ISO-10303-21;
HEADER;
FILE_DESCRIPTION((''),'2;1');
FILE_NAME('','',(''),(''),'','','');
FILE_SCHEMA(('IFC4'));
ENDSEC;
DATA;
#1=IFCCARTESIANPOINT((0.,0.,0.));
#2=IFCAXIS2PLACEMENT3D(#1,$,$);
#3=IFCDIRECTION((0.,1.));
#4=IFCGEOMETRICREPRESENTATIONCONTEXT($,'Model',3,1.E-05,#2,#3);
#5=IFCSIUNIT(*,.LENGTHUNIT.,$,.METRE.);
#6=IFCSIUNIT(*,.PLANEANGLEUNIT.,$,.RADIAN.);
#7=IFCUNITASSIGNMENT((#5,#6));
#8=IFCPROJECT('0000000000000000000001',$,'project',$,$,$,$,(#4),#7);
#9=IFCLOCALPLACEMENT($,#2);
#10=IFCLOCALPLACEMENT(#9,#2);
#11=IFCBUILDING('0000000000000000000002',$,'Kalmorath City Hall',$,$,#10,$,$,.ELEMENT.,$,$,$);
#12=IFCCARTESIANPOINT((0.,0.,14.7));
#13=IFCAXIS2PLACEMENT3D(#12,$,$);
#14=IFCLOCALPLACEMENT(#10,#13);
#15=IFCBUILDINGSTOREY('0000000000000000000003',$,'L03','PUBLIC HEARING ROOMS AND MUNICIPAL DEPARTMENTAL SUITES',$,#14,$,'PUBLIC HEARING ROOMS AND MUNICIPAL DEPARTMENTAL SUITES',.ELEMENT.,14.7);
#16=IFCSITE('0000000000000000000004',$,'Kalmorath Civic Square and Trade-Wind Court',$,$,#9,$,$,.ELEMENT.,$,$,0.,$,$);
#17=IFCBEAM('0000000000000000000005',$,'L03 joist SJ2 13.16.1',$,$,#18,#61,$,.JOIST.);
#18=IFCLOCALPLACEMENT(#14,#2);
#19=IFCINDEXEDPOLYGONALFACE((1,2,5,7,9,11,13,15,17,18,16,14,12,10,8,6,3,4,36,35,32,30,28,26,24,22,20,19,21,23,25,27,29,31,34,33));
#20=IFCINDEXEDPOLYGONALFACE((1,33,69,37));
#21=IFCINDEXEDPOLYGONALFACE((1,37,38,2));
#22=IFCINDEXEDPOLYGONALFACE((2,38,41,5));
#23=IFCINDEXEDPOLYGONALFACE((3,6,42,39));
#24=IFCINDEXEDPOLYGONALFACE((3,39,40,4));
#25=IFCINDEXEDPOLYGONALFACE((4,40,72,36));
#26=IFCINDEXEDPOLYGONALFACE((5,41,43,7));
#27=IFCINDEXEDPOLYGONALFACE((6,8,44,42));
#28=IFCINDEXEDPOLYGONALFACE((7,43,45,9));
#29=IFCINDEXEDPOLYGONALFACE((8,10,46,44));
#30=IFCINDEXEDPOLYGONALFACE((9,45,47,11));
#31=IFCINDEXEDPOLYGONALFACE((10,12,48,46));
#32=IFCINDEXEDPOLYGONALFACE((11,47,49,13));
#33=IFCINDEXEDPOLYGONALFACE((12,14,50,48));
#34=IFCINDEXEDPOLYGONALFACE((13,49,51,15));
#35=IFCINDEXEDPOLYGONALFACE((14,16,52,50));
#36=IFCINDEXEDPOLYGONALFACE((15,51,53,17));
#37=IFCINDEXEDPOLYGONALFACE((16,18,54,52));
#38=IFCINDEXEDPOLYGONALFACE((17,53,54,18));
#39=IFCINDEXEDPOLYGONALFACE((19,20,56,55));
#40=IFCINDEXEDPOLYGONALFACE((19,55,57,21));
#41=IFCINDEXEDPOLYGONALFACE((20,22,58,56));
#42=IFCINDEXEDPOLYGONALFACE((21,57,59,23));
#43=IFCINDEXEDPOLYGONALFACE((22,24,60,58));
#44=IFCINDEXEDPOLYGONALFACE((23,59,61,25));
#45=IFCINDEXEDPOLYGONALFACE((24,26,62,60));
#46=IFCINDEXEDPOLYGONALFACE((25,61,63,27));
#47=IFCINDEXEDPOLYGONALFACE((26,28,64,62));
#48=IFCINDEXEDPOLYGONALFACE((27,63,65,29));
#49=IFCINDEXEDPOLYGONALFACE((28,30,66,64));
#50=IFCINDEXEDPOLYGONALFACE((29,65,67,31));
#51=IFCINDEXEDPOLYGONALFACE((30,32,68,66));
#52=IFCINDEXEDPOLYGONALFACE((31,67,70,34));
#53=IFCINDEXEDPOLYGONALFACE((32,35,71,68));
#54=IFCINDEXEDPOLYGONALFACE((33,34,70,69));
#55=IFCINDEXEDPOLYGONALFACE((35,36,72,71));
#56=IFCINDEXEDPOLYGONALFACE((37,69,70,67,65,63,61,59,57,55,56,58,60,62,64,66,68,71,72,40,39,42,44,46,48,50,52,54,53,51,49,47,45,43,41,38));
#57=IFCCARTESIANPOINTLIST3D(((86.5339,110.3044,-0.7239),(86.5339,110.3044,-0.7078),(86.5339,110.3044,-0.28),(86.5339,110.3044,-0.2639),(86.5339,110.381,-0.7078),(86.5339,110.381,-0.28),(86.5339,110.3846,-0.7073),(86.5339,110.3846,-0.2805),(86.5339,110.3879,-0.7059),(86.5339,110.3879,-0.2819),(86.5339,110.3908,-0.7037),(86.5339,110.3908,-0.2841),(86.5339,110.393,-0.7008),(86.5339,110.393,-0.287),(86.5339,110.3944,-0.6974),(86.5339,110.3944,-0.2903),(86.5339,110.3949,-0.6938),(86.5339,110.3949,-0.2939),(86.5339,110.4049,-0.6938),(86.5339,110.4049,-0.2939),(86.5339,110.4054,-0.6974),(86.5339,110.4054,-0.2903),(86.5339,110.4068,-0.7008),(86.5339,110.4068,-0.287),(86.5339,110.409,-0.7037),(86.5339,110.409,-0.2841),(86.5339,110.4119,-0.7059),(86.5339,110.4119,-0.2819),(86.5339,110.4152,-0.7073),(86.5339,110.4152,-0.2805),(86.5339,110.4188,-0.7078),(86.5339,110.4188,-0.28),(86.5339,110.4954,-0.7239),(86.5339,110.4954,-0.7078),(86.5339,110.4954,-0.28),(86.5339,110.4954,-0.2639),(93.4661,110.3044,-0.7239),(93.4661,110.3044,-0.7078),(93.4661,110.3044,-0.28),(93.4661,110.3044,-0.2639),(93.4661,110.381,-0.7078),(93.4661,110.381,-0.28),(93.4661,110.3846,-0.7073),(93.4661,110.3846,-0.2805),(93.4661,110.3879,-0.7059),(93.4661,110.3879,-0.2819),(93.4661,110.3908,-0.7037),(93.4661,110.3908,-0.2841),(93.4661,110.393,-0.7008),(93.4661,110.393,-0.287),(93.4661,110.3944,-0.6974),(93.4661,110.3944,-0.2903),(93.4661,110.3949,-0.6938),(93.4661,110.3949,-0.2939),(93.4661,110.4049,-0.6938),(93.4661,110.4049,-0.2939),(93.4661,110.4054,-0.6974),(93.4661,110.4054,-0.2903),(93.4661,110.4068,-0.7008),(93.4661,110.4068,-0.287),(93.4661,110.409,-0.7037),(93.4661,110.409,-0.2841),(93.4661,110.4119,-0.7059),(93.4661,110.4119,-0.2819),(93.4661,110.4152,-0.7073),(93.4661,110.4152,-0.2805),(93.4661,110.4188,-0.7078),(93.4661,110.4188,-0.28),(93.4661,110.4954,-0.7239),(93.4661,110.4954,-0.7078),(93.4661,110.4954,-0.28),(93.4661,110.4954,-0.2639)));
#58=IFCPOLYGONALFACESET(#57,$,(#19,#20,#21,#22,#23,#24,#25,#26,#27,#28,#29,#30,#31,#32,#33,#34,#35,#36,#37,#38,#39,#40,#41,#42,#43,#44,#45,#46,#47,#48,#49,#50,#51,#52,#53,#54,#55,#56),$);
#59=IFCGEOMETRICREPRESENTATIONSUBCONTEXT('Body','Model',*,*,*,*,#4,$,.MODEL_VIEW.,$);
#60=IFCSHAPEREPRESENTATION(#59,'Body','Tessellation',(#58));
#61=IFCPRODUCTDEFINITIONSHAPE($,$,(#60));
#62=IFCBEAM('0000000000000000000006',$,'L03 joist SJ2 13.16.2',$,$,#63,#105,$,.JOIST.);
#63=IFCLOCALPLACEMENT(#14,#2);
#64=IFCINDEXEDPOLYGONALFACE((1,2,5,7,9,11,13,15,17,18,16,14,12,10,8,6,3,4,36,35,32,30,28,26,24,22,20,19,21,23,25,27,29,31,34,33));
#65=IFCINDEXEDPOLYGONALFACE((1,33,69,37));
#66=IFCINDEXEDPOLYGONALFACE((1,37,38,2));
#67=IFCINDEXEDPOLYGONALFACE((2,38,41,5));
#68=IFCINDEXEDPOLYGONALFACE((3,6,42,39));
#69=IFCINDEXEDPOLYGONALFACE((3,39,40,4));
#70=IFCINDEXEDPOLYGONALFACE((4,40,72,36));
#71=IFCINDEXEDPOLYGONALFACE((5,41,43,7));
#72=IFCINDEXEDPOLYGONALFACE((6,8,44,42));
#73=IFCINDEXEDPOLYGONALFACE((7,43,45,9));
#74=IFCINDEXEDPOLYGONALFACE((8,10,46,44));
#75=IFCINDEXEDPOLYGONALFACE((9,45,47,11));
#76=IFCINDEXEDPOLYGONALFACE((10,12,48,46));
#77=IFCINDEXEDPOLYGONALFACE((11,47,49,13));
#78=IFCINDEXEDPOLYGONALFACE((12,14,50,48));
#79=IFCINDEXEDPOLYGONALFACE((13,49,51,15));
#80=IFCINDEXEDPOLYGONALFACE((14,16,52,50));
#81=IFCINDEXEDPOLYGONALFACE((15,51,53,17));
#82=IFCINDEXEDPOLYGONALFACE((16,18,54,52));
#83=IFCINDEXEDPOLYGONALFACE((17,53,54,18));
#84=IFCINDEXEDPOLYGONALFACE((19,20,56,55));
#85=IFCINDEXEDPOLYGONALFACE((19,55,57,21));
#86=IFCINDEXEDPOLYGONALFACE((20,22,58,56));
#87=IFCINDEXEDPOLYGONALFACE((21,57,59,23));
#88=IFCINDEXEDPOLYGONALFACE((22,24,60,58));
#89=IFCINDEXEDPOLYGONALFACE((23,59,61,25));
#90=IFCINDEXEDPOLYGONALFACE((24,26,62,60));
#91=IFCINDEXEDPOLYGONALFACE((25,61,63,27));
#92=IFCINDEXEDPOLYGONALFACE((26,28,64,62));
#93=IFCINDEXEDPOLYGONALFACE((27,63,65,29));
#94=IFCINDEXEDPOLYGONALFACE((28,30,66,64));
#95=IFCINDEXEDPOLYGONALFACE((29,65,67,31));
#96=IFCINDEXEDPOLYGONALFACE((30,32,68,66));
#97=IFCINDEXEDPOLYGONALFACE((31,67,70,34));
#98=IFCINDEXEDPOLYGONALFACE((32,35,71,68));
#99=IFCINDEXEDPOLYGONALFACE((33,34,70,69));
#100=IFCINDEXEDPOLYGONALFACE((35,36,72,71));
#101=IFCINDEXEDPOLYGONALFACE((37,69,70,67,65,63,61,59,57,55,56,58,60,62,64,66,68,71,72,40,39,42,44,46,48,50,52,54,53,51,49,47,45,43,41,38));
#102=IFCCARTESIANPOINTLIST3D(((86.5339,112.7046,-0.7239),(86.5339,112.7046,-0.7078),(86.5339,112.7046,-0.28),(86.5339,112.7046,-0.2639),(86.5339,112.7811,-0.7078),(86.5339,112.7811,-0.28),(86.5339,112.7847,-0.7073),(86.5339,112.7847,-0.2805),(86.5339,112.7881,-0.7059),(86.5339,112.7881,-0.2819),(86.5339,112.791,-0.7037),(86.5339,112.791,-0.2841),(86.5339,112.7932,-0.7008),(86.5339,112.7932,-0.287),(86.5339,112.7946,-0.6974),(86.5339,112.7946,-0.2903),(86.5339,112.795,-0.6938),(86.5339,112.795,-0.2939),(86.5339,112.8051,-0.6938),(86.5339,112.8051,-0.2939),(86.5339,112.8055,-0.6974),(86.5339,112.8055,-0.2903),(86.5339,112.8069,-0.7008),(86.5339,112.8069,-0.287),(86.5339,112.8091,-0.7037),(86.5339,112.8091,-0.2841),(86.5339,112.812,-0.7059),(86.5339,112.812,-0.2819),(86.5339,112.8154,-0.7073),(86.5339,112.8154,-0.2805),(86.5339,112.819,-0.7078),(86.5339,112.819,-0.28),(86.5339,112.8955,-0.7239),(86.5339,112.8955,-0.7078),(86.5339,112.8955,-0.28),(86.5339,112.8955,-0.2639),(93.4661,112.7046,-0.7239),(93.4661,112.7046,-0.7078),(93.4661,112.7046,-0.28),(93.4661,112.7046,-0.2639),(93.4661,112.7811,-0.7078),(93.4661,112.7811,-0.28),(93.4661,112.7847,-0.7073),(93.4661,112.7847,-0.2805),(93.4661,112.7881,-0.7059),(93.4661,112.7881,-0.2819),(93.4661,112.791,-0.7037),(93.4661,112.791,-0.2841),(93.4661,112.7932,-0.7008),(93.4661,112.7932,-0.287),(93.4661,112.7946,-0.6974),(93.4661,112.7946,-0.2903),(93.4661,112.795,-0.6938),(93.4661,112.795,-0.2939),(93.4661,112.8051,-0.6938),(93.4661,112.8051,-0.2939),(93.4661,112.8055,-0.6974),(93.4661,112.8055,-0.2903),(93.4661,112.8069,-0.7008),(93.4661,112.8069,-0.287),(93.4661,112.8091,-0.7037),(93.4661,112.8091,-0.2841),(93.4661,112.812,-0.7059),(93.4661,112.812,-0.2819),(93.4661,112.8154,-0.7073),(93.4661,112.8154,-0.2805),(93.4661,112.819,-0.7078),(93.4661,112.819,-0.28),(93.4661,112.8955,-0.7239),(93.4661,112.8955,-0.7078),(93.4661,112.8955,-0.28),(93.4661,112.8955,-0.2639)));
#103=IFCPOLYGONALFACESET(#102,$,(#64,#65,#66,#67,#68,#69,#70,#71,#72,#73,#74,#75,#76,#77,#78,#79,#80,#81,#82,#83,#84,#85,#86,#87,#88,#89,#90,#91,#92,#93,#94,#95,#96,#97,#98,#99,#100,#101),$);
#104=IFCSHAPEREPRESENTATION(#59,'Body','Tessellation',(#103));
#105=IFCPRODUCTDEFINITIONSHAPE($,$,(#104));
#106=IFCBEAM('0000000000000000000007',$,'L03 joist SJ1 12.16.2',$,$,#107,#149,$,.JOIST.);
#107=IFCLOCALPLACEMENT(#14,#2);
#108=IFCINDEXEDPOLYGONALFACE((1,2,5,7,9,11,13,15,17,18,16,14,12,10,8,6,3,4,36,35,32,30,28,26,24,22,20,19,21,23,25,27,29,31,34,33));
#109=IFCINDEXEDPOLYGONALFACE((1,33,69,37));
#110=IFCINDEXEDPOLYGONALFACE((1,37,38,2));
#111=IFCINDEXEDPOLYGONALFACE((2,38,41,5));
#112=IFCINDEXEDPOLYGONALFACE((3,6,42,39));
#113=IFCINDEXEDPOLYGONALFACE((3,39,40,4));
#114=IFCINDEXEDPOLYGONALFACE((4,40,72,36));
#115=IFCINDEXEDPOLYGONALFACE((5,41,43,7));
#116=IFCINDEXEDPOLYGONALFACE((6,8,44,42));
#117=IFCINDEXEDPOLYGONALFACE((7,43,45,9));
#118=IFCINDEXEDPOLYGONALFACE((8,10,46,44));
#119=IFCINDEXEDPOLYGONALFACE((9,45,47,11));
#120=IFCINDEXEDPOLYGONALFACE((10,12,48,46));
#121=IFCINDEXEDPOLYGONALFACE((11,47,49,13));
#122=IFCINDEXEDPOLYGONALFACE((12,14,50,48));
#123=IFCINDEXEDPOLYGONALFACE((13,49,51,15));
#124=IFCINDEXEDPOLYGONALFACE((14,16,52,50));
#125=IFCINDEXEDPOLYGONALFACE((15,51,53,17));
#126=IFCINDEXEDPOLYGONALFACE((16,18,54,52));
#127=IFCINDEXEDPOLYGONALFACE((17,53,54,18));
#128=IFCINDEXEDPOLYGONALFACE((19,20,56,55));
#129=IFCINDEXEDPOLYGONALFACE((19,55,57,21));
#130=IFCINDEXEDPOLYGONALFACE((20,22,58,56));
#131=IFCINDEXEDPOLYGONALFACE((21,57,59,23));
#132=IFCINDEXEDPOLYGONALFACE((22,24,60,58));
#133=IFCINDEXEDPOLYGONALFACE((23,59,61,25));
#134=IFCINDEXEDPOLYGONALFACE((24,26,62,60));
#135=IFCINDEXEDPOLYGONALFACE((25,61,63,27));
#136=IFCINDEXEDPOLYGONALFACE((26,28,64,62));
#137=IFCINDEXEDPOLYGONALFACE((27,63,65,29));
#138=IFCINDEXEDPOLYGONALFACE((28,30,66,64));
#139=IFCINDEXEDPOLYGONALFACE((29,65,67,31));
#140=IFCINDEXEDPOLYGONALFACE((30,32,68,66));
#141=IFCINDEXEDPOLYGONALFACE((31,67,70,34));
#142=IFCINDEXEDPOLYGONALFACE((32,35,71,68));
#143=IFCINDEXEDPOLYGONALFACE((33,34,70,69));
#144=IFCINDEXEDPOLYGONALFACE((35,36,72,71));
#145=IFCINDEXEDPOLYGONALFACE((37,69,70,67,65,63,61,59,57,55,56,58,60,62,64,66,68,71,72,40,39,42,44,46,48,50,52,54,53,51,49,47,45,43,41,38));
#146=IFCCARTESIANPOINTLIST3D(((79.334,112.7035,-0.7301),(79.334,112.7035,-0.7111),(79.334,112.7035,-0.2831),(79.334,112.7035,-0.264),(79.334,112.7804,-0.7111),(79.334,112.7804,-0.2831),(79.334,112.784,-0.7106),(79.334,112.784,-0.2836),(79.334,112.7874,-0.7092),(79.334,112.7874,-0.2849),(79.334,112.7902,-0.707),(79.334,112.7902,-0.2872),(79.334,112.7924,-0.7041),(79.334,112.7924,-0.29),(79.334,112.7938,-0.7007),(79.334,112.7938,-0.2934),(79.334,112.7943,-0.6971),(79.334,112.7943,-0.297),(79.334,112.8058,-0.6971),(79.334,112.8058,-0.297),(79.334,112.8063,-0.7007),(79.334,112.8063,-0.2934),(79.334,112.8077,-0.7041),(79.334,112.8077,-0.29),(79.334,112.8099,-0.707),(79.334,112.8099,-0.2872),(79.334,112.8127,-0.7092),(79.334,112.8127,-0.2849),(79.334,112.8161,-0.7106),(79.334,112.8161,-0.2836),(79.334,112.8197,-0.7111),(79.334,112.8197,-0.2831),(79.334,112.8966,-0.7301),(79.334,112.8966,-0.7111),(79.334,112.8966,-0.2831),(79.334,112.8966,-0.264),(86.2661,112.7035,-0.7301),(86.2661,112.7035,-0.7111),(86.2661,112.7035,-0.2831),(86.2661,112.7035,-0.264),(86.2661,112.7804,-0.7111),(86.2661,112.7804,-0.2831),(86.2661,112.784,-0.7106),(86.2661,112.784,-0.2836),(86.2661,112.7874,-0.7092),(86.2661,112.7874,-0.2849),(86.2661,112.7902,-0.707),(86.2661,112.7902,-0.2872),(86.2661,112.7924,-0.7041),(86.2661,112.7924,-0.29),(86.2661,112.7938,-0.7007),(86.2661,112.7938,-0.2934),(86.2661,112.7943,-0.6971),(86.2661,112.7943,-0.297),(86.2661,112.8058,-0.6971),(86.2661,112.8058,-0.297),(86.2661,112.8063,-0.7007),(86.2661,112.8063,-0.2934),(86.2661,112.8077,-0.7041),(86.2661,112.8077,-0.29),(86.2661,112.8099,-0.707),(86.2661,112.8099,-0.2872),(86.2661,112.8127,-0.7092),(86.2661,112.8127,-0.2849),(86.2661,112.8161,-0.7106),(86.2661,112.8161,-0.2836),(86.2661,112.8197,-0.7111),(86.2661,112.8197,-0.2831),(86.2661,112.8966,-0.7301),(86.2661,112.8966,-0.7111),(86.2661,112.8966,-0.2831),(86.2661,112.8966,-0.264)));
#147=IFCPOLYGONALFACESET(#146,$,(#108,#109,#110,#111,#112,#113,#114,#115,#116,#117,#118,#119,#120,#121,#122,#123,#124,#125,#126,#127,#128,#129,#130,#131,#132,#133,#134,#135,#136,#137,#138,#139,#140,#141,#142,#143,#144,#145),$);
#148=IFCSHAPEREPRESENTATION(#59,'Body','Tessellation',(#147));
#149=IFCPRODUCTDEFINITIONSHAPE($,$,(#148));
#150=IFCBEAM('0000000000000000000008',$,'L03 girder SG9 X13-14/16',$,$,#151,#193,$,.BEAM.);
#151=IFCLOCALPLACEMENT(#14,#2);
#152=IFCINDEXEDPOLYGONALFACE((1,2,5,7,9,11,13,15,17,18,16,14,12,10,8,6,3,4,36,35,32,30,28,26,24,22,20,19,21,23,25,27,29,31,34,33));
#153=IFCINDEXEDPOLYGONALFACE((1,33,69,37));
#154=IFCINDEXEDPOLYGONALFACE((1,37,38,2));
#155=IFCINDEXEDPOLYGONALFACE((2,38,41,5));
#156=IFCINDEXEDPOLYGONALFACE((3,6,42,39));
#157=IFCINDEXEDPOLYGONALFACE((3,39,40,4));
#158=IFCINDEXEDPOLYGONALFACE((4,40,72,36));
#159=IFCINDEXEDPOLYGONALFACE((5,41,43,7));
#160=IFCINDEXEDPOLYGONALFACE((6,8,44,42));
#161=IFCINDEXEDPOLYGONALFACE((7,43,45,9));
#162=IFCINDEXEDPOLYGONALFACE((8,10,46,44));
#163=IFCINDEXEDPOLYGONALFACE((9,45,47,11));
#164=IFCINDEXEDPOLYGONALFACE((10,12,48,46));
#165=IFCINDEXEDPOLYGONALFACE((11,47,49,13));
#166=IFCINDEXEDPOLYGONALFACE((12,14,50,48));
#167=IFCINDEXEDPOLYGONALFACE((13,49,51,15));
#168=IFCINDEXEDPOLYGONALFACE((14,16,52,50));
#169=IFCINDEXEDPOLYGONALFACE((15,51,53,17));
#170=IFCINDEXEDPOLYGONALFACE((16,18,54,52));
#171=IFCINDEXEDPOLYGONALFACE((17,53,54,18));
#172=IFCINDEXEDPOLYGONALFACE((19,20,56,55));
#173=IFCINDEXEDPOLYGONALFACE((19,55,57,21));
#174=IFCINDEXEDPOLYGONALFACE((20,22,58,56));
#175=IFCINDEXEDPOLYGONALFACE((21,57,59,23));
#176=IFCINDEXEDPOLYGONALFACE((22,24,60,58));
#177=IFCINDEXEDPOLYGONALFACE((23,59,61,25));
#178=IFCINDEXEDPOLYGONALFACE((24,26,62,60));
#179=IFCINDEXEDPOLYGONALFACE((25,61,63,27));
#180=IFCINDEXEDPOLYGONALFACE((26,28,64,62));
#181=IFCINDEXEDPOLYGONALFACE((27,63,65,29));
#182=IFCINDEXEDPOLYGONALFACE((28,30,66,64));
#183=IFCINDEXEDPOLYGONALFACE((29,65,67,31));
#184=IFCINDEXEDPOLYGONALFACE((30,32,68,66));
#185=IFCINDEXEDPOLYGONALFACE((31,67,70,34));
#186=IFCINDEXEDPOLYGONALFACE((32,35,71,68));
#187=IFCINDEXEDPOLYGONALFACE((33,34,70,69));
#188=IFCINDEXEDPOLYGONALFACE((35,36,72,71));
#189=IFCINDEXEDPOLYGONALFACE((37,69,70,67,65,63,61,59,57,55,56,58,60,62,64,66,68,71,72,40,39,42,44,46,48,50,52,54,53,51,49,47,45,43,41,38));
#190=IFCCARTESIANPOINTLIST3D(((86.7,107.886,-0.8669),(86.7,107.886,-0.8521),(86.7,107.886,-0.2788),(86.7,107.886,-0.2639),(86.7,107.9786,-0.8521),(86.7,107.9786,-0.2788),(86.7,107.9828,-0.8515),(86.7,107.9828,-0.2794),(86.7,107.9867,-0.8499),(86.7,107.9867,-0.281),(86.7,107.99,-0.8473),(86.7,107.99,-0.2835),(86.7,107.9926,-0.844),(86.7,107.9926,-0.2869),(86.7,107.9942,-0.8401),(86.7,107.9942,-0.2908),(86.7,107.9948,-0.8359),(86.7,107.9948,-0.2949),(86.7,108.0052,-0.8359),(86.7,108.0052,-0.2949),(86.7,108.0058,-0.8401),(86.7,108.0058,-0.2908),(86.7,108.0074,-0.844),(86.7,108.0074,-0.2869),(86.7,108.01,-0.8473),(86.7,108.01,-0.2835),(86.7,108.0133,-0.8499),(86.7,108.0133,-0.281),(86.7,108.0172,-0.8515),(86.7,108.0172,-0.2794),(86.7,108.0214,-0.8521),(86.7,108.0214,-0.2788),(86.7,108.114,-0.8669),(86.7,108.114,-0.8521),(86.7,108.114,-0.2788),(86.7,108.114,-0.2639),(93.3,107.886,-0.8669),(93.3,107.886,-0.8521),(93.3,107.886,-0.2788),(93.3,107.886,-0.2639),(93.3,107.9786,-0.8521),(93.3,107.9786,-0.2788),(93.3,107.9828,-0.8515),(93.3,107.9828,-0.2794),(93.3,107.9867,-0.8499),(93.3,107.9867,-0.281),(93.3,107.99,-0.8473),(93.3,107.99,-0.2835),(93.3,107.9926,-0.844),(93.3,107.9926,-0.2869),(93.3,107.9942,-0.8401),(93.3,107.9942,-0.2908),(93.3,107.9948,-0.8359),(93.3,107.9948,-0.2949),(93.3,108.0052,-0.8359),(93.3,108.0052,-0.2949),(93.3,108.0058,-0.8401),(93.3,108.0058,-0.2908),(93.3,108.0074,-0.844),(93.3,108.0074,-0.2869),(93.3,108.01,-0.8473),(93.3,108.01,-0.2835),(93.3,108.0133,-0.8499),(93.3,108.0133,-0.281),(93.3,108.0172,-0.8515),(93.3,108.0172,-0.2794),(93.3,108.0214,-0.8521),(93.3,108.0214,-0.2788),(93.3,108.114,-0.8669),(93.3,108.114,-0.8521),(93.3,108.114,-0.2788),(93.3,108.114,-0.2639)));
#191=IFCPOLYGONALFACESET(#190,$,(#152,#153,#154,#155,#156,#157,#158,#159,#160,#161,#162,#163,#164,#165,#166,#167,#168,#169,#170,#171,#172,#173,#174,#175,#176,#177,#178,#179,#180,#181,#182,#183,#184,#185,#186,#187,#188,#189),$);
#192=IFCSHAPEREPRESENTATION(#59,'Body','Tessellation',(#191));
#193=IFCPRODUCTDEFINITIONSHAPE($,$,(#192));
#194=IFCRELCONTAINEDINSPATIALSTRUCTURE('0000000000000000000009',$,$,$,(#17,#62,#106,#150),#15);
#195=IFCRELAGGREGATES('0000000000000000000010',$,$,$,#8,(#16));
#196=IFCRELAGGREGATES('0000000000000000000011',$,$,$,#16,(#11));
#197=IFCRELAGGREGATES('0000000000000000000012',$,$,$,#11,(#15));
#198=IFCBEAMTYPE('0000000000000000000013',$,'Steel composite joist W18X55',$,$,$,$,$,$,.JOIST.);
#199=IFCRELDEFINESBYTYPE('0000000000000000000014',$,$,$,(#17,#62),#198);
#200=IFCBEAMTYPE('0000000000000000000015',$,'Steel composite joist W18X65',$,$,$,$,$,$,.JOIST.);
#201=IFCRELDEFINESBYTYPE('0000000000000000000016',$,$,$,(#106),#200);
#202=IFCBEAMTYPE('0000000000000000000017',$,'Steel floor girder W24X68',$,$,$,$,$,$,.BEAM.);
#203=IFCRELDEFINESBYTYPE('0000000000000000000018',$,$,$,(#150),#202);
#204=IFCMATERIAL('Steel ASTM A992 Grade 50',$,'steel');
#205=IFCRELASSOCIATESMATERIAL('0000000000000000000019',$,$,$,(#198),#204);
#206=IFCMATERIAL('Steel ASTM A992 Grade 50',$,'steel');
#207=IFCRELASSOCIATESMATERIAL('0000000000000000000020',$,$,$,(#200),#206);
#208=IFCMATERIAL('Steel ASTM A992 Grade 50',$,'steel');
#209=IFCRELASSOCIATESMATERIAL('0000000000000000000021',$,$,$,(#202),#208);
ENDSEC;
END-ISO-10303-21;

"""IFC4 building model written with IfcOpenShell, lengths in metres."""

from ifc_helpers import new_model, si_unit, direction, frame, origin, origin_2d, place, context, subcontext, project, spatial, i_section, extrude, material, material_profile, profile_set, type_object, element, save


model = new_model("IFC4")

# Units and contexts
model_context = context("Model", 3, precision=1e-05, world=origin(), true_north=direction((0.0, 1.0)))
body_context = subcontext(model_context, "Body", "Model", "MODEL_VIEW")
ifc_project = project(units=[si_unit("LENGTHUNIT", "METRE"), si_unit("PLANEANGLEUNIT", "RADIAN")], contexts=[model_context])

# Site, building, storey
site_placement = place(None, origin())
site = spatial("IfcSite", under=ifc_project, at=site_placement, Name="Kalmorath Civic Square and Trade-Wind Court", CompositionType="ELEMENT", RefElevation=0.0)
building_placement = place(site_placement, origin())
building = spatial("IfcBuilding", under=site, at=building_placement, Name="Kalmorath City Hall", CompositionType="ELEMENT")
storey_placement = place(building_placement, frame((0.0, 0.0, 14.7)))
storey = spatial("IfcBuildingStorey", under=building, at=storey_placement, Name="L03", Description="PUBLIC HEARING ROOMS AND MUNICIPAL DEPARTMENTAL SUITES", LongName="PUBLIC HEARING ROOMS AND MUNICIPAL DEPARTMENTAL SUITES", CompositionType="ELEMENT", Elevation=14.7)

# Beams
ifc_material_1 = material(Name="Steel ASTM A992 Grade 50", Category="steel")
ifc_material_profile_1 = material_profile(ifc_material_1, i_section(OverallWidth=0.1909, OverallDepth=0.46, WebThickness=0.01, FlangeThickness=0.0161, FilletRadius=0.0139, at=origin_2d()), Name="W18X55")
ifc_profile_set_1 = profile_set([ifc_material_profile_1], Name="Steel ASTM A992 Grade 50")
beam_type_1 = type_object("IfcBeamType", Name="Steel composite joist W18X55", PredefinedType="JOIST", material=ifc_profile_set_1)
for number, where, z_axis, x_axis, name in (
    (1, (86.5339, 110.3999, -0.4939), (1.0, 0.0, 0.0), (0.0, 1.0, 0.0), "L03 joist SJ2 13.16.1"),
    (2, (86.5339, 112.8, -0.4939), (1.0, 0.0, 0.0), (0.0, 1.0, 0.0), "L03 joist SJ2 13.16.2"),
):
    element("IfcBeam", number, at=place(storey_placement, frame(where, z_axis=z_axis, x_axis=x_axis)), inside=storey, type_object=beam_type_1, Name=name, PredefinedType="JOIST", context=body_context, shape_type="SweptSolid", body=[
        extrude(i_section(OverallWidth=0.1909, OverallDepth=0.46, WebThickness=0.01, FlangeThickness=0.0161, FilletRadius=0.0139, at=origin_2d()), origin(), (0.0, 0.0, 1.0), 6.9321),
    ])
ifc_material_2 = material(Name="Steel ASTM A992 Grade 50", Category="steel")
ifc_material_profile_2 = material_profile(ifc_material_2, i_section(OverallWidth=0.1931, OverallDepth=0.4661, WebThickness=0.0115, FlangeThickness=0.019, FilletRadius=0.0139, at=origin_2d()), Name="W18X65")
ifc_profile_set_2 = profile_set([ifc_material_profile_2], Name="Steel ASTM A992 Grade 50")
beam_type_2 = type_object("IfcBeamType", Name="Steel composite joist W18X65", PredefinedType="JOIST", material=ifc_profile_set_2)
beam_1_placement = place(storey_placement, frame((79.334, 112.8, -0.4971), z_axis=(1.0, 0.0, 0.0), x_axis=(0.0, 1.0, 0.0)))
element("IfcBeam", 3, at=beam_1_placement, inside=storey, type_object=beam_type_2, Name="L03 joist SJ1 12.16.2", PredefinedType="JOIST", context=body_context, shape_type="SweptSolid", body=[
    extrude(i_section(OverallWidth=0.1931, OverallDepth=0.4661, WebThickness=0.0115, FlangeThickness=0.019, FilletRadius=0.0139, at=origin_2d()), origin(), (0.0, 0.0, 1.0), 6.9321),
])
ifc_material_3 = material(Name="Steel ASTM A992 Grade 50", Category="steel")
ifc_material_profile_3 = material_profile(ifc_material_3, i_section(OverallWidth=0.228, OverallDepth=0.603, WebThickness=0.0105, FlangeThickness=0.0149, FilletRadius=0.0161, at=origin_2d()), Name="W24X68")
ifc_profile_set_3 = profile_set([ifc_material_profile_3], Name="Steel ASTM A992 Grade 50")
beam_type_3 = type_object("IfcBeamType", Name="Steel floor girder W24X68", PredefinedType="BEAM", material=ifc_profile_set_3)
for number, where, z_axis, x_axis, name in (
    (4, (86.7, 108.0, -0.5654), (1.0, 0.0, 0.0), (0.0, 1.0, 0.0), "L03 girder SG9 X13-14/16"),
):
    element("IfcBeam", number, at=place(storey_placement, frame(where, z_axis=z_axis, x_axis=x_axis)), inside=storey, type_object=beam_type_3, Name=name, PredefinedType="BEAM", context=body_context, shape_type="SweptSolid", body=[
        extrude(i_section(OverallWidth=0.228, OverallDepth=0.603, WebThickness=0.0105, FlangeThickness=0.0149, FilletRadius=0.0161, at=origin_2d()), origin(), (0.0, 0.0, 1.0), 6.6001),
    ])

save(model, "model.ifc")
